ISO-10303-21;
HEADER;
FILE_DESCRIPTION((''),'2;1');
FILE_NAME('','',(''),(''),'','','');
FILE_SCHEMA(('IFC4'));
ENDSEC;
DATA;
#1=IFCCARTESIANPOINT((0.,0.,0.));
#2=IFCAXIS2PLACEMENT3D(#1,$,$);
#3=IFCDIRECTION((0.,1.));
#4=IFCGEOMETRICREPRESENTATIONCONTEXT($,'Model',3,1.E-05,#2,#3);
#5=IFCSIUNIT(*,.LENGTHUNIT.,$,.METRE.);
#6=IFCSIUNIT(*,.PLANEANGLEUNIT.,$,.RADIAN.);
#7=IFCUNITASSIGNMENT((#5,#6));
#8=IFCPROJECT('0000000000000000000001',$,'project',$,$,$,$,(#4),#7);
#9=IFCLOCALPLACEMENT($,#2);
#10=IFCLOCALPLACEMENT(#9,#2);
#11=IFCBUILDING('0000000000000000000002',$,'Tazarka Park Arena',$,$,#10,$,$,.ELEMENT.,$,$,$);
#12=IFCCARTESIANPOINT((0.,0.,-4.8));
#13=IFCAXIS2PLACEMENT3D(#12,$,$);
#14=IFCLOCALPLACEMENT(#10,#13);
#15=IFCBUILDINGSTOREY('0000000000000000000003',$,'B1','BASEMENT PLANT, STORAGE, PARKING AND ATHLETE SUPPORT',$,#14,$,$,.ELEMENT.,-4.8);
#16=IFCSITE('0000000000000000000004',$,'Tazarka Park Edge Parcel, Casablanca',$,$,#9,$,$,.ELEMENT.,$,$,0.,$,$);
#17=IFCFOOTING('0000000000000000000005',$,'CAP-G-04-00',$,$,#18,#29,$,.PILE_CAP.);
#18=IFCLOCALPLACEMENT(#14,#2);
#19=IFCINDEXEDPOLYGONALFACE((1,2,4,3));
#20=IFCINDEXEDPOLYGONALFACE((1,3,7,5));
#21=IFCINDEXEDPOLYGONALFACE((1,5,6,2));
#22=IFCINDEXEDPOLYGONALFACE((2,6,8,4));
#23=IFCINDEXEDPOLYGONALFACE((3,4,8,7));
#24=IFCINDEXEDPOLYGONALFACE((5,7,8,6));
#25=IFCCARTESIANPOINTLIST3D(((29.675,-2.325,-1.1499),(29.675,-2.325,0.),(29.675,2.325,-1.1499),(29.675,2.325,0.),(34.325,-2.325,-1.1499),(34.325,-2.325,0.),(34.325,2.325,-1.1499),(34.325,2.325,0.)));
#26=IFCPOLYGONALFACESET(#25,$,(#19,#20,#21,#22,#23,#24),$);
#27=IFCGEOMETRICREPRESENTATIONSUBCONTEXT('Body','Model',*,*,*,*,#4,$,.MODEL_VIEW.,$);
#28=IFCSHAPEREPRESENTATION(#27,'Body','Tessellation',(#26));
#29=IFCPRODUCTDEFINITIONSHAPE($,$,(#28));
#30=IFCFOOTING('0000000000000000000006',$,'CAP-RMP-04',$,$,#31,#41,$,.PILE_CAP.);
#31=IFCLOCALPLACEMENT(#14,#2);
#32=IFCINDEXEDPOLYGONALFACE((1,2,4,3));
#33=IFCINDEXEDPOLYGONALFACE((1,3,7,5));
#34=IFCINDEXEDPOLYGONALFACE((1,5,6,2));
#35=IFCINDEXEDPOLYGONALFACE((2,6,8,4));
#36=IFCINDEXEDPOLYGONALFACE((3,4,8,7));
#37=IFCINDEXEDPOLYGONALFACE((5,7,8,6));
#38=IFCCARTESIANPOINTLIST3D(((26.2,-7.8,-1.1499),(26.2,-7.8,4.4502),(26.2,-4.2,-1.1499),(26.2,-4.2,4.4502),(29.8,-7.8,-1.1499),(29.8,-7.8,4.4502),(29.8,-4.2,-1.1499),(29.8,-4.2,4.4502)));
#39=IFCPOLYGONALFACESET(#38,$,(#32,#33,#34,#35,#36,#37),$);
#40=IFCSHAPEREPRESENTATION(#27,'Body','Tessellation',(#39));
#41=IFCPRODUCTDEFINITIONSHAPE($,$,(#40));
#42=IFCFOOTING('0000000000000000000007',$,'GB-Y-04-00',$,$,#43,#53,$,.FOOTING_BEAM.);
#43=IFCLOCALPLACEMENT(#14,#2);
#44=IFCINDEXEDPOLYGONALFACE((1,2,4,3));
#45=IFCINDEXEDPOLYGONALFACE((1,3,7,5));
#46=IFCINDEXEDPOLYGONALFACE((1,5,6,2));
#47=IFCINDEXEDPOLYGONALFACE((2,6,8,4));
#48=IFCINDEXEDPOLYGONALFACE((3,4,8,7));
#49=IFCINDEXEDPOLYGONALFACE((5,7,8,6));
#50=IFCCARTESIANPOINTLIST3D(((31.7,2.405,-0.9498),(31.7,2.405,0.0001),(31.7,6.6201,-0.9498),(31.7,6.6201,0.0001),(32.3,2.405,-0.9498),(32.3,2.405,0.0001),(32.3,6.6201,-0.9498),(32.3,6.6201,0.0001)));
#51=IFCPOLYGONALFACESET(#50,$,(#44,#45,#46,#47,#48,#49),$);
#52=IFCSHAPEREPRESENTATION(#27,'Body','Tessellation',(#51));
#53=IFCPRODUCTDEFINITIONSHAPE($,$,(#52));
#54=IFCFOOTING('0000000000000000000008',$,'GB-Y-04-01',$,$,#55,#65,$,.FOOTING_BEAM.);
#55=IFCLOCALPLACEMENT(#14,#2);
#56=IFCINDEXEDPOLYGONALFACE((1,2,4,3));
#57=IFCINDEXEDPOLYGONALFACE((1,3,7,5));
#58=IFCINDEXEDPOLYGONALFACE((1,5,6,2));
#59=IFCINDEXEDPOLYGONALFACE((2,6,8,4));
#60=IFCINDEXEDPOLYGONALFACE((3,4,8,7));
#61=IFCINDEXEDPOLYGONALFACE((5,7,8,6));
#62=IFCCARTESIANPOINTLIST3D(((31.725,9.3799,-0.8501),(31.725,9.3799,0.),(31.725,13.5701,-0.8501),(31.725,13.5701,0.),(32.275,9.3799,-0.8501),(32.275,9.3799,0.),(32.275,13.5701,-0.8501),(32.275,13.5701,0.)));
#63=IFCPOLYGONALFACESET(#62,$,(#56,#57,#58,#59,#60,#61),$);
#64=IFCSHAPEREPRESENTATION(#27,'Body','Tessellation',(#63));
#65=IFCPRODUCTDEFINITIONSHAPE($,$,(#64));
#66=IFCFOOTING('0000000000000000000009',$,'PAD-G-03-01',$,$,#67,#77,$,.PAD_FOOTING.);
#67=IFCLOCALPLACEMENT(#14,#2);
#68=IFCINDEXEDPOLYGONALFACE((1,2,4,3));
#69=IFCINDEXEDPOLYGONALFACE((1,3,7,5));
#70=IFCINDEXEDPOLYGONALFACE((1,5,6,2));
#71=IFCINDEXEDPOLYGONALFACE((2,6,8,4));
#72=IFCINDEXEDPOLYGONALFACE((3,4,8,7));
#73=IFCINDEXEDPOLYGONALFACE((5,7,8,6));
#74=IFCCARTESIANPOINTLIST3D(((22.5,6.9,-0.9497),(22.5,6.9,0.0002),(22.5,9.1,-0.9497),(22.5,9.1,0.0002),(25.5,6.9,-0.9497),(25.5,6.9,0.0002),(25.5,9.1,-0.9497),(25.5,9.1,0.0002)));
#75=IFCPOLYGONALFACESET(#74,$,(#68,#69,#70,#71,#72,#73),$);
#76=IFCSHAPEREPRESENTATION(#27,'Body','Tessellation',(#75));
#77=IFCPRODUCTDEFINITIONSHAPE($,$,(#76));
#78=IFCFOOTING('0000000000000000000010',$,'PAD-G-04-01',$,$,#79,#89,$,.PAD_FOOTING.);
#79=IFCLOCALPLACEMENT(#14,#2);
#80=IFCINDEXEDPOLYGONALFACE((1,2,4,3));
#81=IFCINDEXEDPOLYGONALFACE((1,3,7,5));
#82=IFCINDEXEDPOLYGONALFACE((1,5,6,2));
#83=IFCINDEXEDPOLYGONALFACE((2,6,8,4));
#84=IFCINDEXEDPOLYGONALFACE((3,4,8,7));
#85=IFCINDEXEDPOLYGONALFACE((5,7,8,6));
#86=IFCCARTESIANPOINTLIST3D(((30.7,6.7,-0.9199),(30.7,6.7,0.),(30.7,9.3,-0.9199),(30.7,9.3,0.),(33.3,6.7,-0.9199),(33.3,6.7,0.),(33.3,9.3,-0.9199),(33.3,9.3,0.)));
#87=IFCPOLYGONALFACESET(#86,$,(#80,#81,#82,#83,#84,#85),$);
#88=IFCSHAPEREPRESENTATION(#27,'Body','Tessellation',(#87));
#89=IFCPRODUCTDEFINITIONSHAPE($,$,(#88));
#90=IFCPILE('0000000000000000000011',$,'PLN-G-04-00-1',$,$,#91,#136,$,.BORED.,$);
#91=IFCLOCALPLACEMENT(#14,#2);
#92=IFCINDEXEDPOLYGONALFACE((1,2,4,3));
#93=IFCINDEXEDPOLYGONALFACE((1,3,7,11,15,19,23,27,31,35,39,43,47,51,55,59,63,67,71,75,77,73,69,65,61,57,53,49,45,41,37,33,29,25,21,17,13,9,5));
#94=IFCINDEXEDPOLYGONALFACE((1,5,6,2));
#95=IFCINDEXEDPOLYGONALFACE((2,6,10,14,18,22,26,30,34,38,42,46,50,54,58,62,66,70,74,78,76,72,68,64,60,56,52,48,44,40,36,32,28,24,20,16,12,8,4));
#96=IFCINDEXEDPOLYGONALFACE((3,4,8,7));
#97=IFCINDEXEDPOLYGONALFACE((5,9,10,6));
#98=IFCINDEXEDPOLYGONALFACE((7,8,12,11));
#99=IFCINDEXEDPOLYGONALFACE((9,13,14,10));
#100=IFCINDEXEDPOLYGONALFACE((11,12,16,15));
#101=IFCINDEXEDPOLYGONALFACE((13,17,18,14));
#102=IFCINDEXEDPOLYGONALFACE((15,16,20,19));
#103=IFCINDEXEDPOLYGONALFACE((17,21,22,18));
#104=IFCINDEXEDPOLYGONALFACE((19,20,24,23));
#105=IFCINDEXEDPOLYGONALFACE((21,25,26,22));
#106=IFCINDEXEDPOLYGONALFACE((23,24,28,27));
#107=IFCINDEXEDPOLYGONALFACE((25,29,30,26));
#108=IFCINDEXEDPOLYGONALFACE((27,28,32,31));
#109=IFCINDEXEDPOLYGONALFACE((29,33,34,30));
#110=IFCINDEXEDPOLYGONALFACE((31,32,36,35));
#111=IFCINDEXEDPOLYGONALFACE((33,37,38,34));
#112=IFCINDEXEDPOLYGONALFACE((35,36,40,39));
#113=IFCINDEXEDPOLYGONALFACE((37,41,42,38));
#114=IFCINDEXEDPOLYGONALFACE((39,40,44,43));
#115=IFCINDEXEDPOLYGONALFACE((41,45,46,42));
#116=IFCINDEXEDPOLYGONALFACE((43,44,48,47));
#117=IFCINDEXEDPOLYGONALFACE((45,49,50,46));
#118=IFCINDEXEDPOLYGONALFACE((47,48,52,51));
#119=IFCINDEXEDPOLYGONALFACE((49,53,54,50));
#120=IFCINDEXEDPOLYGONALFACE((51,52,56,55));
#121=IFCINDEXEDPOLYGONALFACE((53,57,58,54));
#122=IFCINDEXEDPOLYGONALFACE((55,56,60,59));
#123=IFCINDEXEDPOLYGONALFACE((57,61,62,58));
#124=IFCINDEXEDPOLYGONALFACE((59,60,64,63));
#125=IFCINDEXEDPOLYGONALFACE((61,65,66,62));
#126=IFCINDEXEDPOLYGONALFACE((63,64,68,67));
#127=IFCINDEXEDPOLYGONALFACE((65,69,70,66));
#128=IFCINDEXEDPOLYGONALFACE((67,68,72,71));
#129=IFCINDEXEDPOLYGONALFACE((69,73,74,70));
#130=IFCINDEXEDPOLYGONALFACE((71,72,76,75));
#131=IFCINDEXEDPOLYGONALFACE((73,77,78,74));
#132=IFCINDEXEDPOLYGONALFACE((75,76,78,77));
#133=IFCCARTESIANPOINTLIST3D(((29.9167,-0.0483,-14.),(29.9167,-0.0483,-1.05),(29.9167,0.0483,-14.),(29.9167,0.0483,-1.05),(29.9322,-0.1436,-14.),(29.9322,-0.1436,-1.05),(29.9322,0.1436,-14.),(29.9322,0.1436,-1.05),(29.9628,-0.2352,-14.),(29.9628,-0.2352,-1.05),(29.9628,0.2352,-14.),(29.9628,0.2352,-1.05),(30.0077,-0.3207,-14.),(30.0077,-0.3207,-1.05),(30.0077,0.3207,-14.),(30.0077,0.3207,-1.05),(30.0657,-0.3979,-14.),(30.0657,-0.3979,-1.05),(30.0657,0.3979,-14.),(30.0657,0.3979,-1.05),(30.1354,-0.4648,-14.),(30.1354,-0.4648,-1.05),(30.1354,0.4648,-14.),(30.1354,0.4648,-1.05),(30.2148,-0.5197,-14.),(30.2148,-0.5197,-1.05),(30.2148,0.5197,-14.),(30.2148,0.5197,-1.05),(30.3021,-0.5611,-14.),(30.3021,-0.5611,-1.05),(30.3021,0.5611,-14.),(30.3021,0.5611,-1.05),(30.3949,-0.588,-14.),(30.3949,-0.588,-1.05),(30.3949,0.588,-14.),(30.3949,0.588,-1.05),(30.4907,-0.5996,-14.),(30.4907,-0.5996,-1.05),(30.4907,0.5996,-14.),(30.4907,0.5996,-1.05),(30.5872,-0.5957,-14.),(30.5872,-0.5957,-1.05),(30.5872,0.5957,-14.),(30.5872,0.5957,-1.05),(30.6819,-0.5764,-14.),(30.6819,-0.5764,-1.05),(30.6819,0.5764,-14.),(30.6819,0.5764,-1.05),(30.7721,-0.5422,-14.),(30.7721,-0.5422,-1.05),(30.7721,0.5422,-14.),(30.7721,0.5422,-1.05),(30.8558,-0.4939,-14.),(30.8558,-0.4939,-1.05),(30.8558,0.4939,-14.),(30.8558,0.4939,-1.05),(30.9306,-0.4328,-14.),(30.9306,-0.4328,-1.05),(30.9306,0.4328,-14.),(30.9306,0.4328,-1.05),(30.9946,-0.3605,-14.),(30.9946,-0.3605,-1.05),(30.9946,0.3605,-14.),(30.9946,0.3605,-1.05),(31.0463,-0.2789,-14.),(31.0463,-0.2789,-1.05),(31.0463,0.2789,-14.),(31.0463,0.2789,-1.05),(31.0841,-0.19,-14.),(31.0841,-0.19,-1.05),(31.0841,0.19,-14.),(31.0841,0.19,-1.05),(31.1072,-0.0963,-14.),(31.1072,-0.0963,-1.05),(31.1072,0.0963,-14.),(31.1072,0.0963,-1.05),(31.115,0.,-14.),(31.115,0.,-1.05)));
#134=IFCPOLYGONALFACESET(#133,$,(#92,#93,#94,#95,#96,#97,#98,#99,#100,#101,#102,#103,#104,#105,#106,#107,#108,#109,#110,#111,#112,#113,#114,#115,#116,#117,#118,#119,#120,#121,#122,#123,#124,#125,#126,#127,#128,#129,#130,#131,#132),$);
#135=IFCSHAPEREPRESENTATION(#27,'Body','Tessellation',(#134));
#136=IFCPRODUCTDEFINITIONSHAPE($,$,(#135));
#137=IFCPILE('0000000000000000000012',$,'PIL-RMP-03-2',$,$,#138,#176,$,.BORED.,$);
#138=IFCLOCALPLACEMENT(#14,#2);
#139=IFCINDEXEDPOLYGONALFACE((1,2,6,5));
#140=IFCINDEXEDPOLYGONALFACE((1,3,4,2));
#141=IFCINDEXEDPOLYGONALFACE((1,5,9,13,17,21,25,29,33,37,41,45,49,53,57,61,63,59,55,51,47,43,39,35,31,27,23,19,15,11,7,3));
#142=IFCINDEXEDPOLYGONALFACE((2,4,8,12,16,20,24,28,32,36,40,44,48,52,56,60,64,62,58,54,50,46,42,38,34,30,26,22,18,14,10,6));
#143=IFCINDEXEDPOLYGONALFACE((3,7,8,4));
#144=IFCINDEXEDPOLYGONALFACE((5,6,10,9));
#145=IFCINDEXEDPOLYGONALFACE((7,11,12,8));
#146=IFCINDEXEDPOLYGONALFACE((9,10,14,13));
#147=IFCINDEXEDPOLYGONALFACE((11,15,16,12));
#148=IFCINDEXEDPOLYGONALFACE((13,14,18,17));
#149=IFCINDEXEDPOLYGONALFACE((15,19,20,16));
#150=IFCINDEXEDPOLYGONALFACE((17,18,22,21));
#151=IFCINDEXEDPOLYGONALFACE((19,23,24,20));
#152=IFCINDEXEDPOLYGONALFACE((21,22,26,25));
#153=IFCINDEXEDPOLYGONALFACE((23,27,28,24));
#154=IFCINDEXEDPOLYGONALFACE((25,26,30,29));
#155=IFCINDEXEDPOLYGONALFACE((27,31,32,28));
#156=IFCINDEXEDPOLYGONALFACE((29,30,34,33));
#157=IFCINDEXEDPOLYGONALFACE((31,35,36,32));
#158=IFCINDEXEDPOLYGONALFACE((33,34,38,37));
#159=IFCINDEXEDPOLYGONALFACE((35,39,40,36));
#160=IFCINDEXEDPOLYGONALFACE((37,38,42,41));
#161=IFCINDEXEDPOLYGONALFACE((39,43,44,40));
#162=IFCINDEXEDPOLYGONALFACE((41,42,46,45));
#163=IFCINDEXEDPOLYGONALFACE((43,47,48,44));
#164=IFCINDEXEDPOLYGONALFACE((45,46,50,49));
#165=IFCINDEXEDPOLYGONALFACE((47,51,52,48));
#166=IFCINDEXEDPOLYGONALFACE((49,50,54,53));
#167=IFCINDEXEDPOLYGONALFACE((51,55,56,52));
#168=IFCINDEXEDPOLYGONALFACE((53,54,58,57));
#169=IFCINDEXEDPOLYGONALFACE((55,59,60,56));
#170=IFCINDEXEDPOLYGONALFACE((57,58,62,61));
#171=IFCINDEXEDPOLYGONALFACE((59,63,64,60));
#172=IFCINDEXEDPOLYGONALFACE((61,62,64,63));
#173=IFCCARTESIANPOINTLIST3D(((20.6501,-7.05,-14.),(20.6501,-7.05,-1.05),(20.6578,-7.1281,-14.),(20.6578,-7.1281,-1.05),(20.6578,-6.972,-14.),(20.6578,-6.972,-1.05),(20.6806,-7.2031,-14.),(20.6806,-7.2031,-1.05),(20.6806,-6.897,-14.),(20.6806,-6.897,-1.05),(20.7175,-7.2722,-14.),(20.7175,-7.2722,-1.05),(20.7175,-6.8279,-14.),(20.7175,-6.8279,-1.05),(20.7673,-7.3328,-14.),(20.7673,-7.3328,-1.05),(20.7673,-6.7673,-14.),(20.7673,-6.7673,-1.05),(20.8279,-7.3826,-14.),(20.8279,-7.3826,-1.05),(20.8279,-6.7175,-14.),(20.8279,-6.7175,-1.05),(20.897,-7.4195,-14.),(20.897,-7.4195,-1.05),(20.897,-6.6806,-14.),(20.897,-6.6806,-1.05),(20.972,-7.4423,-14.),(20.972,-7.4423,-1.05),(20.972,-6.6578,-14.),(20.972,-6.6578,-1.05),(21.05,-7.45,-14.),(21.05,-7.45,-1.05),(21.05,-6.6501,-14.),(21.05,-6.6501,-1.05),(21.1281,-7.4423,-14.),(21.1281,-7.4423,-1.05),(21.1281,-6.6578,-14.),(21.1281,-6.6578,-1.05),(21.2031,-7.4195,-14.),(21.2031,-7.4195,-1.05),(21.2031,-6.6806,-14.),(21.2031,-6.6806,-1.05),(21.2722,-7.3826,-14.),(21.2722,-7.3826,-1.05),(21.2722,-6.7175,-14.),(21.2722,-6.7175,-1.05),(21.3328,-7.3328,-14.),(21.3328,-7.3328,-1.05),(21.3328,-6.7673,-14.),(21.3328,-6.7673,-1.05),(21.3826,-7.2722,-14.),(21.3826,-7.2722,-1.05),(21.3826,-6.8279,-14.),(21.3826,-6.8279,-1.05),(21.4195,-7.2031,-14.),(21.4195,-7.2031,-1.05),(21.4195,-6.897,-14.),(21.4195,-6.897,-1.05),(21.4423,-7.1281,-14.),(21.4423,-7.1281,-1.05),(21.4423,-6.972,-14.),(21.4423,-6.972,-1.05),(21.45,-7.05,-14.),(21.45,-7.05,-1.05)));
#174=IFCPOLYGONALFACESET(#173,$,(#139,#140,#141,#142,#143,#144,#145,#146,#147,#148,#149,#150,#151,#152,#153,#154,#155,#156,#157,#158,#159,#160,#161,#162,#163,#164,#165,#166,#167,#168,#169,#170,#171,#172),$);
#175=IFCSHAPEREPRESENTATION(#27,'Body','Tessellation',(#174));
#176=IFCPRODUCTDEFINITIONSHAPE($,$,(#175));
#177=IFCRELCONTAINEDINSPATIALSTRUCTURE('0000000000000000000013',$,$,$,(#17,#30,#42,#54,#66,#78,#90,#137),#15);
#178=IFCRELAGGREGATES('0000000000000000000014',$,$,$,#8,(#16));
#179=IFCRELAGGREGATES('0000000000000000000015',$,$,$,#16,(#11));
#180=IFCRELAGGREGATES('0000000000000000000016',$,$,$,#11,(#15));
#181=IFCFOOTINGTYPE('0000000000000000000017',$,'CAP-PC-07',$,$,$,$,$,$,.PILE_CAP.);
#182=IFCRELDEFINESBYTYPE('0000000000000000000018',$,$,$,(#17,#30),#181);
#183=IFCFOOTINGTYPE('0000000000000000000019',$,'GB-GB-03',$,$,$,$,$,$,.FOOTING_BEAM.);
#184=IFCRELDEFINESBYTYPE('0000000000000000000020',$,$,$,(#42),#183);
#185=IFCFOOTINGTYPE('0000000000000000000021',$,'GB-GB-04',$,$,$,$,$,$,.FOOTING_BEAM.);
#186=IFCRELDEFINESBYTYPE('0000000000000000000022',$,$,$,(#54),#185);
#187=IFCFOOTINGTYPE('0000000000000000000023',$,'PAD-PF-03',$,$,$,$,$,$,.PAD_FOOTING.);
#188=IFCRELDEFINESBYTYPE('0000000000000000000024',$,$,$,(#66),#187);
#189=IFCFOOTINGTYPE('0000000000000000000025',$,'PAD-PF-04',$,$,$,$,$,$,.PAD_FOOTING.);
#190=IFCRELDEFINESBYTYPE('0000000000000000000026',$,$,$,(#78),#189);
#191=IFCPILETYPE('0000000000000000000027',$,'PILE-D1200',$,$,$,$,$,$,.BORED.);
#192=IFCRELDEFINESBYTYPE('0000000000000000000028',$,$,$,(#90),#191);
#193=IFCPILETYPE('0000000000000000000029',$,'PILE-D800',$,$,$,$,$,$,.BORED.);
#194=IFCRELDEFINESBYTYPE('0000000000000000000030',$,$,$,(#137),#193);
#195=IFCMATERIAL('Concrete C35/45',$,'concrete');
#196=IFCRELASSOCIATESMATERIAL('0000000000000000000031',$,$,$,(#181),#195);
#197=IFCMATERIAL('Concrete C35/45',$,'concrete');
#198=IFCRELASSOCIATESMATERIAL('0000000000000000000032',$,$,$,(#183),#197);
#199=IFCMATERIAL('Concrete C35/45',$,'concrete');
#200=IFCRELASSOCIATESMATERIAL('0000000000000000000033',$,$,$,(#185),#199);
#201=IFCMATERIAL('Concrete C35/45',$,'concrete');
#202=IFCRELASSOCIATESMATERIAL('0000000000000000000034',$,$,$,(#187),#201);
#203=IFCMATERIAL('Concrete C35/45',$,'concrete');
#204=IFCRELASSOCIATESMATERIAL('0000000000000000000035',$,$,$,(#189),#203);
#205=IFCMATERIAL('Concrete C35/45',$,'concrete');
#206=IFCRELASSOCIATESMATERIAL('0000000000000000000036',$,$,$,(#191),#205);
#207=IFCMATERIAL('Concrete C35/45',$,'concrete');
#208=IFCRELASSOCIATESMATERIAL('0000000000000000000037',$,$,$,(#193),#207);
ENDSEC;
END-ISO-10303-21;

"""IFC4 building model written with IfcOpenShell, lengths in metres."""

from ifc_helpers import new_model, si_unit, direction, frame, origin, origin_2d, place, context, subcontext, project, spatial, rectangle, circle, extrude, material, material_profile, profile_set, type_object, element, save


model = new_model("IFC4")

# Units and contexts
model_context = context("Model", 3, precision=1e-05, world=origin(), true_north=direction((0.0, 1.0)))
body_context = subcontext(model_context, "Body", "Model", "MODEL_VIEW")
ifc_project = project(units=[si_unit("LENGTHUNIT", "METRE"), si_unit("PLANEANGLEUNIT", "RADIAN")], contexts=[model_context])

# Site, building, storey
site_placement = place(None, origin())
site = spatial("IfcSite", under=ifc_project, at=site_placement, Name="Tazarka Park Edge Parcel, Casablanca", CompositionType="ELEMENT", RefElevation=0.0)
building_placement = place(site_placement, origin())
building = spatial("IfcBuilding", under=site, at=building_placement, Name="Tazarka Park Arena", CompositionType="ELEMENT")
storey_placement = place(building_placement, frame((0.0, 0.0, -4.8)))
storey = spatial("IfcBuildingStorey", under=building, at=storey_placement, Name="B1", Description="BASEMENT PLANT, STORAGE, PARKING AND ATHLETE SUPPORT", CompositionType="ELEMENT", Elevation=-4.8)

# Footings
ifc_material_1 = material(Name="Concrete C35/45", Category="concrete")
footing_type_1 = type_object("IfcFootingType", Name="CAP-PC-07", PredefinedType="PILE_CAP", material=ifc_material_1)
footing_1_placement = place(storey_placement, frame((32.0, 0.0, -1.1499), z_axis=(0.0, 0.0, 1.0), x_axis=(1.0, 0.0, 0.0)))
element("IfcFooting", 1, at=footing_1_placement, inside=storey, type_object=footing_type_1, Name="CAP-G-04-00", PredefinedType="PILE_CAP", context=body_context, shape_type="SweptSolid", body=[
    extrude(rectangle(XDim=4.6499, YDim=4.6499, at=origin_2d()), origin(), (0.0, 0.0, 1.0), 1.1499),
])
footing_2_placement = place(storey_placement, frame((28.0, -6.0, -1.1499), z_axis=(0.0, 0.0, 1.0), x_axis=(1.0, 0.0, 0.0)))
element("IfcFooting", 2, at=footing_2_placement, inside=storey, type_object=footing_type_1, Name="CAP-RMP-04", PredefinedType="PILE_CAP", context=body_context, shape_type="SweptSolid", body=[
    extrude(rectangle(XDim=3.6001, YDim=3.6001, at=origin_2d()), origin(), (0.0, 0.0, 1.0), 5.6001),
])
ifc_material_2 = material(Name="Concrete C35/45", Category="concrete")
ifc_material_profile_1 = material_profile(ifc_material_2, rectangle(XDim=0.6001, YDim=0.95, at=origin_2d()), Name="Concrete C35/45")
ifc_profile_set_1 = profile_set([ifc_material_profile_1], Name="Concrete C35/45")
footing_type_2 = type_object("IfcFootingType", Name="GB-GB-03", PredefinedType="FOOTING_BEAM", material=ifc_profile_set_1)
footing_3_placement = place(storey_placement, frame((32.0, 2.405, -0.4749), z_axis=(0.0, 1.0, 0.0), x_axis=(-1.0, 0.0, 0.0)))
element("IfcFooting", 3, at=footing_3_placement, inside=storey, type_object=footing_type_2, Name="GB-Y-04-00", PredefinedType="FOOTING_BEAM", context=body_context, shape_type="SweptSolid", body=[
    extrude(rectangle(XDim=0.6001, YDim=0.95, at=origin_2d()), origin(), (0.0, 0.0, 1.0), 4.2151),
])
ifc_material_3 = material(Name="Concrete C35/45", Category="concrete")
ifc_material_profile_2 = material_profile(ifc_material_3, rectangle(XDim=0.55, YDim=0.8501, at=origin_2d()), Name="Concrete C35/45")
ifc_profile_set_2 = profile_set([ifc_material_profile_2], Name="Concrete C35/45")
footing_type_3 = type_object("IfcFootingType", Name="GB-GB-04", PredefinedType="FOOTING_BEAM", material=ifc_profile_set_2)
footing_4_placement = place(storey_placement, frame((32.0, 9.3799, -0.425), z_axis=(0.0, 1.0, 0.0), x_axis=(-1.0, 0.0, 0.0)))
element("IfcFooting", 4, at=footing_4_placement, inside=storey, type_object=footing_type_3, Name="GB-Y-04-01", PredefinedType="FOOTING_BEAM", context=body_context, shape_type="SweptSolid", body=[
    extrude(rectangle(XDim=0.55, YDim=0.8501, at=origin_2d()), origin(), (0.0, 0.0, 1.0), 4.1902),
])
ifc_material_4 = material(Name="Concrete C35/45", Category="concrete")
footing_type_4 = type_object("IfcFootingType", Name="PAD-PF-03", PredefinedType="PAD_FOOTING", material=ifc_material_4)
footing_5_placement = place(storey_placement, frame((24.0, 8.0, -0.9497), z_axis=(0.0, 0.0, 1.0), x_axis=(1.0, 0.0, 0.0)))
element("IfcFooting", 5, at=footing_5_placement, inside=storey, type_object=footing_type_4, Name="PAD-G-03-01", PredefinedType="PAD_FOOTING", context=body_context, shape_type="SweptSolid", body=[
    extrude(rectangle(XDim=3.0, YDim=2.2, at=origin_2d()), origin(), (0.0, 0.0, 1.0), 0.95),
])
ifc_material_5 = material(Name="Concrete C35/45", Category="concrete")
footing_type_5 = type_object("IfcFootingType", Name="PAD-PF-04", PredefinedType="PAD_FOOTING", material=ifc_material_5)
footing_6_placement = place(storey_placement, frame((32.0, 8.0, -0.9199), z_axis=(0.0, 0.0, 1.0), x_axis=(1.0, 0.0, 0.0)))
element("IfcFooting", 6, at=footing_6_placement, inside=storey, type_object=footing_type_5, Name="PAD-G-04-01", PredefinedType="PAD_FOOTING", context=body_context, shape_type="SweptSolid", body=[
    extrude(rectangle(XDim=2.6001, YDim=2.6001, at=origin_2d()), origin(), (0.0, 0.0, 1.0), 0.9199),
])

# Piles
ifc_material_6 = material(Name="Concrete C35/45", Category="concrete")
ifc_material_profile_3 = material_profile(ifc_material_6, circle(Radius=0.6001, at=origin_2d()), Name="Concrete C35/45")
ifc_profile_set_3 = profile_set([ifc_material_profile_3], Name="Concrete C35/45")
pile_type_1 = type_object("IfcPileType", Name="PILE-D1200", PredefinedType="BORED", material=ifc_profile_set_3)
pile_placement = place(storey_placement, frame((30.5149, 0.0, -1.05), z_axis=(0.0, 0.0, -1.0), x_axis=(1.0, 0.0, 0.0)))
element("IfcPile", 7, at=pile_placement, inside=storey, type_object=pile_type_1, Name="PLN-G-04-00-1", PredefinedType="BORED", context=body_context, shape_type="SweptSolid", body=[
    extrude(circle(Radius=0.6001, at=origin_2d()), origin(), (0.0, 0.0, 1.0), 12.95),
])
ifc_material_7 = material(Name="Concrete C35/45", Category="concrete")
ifc_material_profile_4 = material_profile(ifc_material_7, circle(Radius=0.3999, at=origin_2d()), Name="Concrete C35/45")
ifc_profile_set_4 = profile_set([ifc_material_profile_4], Name="Concrete C35/45")
pile_type_2 = type_object("IfcPileType", Name="PILE-D800", PredefinedType="BORED", material=ifc_profile_set_4)
for number, where, z_axis, x_axis, name in (
    (8, (21.05, -7.05, -1.05), (0.0, 0.0, -1.0), (1.0, 0.0, 0.0), "PIL-RMP-03-2"),
):
    element("IfcPile", number, at=place(storey_placement, frame(where, z_axis=z_axis, x_axis=x_axis)), inside=storey, type_object=pile_type_2, Name=name, PredefinedType="BORED", context=body_context, shape_type="SweptSolid", body=[
        extrude(circle(Radius=0.3999, at=origin_2d()), origin(), (0.0, 0.0, 1.0), 12.95),
    ])

save(model, "model.ifc")
